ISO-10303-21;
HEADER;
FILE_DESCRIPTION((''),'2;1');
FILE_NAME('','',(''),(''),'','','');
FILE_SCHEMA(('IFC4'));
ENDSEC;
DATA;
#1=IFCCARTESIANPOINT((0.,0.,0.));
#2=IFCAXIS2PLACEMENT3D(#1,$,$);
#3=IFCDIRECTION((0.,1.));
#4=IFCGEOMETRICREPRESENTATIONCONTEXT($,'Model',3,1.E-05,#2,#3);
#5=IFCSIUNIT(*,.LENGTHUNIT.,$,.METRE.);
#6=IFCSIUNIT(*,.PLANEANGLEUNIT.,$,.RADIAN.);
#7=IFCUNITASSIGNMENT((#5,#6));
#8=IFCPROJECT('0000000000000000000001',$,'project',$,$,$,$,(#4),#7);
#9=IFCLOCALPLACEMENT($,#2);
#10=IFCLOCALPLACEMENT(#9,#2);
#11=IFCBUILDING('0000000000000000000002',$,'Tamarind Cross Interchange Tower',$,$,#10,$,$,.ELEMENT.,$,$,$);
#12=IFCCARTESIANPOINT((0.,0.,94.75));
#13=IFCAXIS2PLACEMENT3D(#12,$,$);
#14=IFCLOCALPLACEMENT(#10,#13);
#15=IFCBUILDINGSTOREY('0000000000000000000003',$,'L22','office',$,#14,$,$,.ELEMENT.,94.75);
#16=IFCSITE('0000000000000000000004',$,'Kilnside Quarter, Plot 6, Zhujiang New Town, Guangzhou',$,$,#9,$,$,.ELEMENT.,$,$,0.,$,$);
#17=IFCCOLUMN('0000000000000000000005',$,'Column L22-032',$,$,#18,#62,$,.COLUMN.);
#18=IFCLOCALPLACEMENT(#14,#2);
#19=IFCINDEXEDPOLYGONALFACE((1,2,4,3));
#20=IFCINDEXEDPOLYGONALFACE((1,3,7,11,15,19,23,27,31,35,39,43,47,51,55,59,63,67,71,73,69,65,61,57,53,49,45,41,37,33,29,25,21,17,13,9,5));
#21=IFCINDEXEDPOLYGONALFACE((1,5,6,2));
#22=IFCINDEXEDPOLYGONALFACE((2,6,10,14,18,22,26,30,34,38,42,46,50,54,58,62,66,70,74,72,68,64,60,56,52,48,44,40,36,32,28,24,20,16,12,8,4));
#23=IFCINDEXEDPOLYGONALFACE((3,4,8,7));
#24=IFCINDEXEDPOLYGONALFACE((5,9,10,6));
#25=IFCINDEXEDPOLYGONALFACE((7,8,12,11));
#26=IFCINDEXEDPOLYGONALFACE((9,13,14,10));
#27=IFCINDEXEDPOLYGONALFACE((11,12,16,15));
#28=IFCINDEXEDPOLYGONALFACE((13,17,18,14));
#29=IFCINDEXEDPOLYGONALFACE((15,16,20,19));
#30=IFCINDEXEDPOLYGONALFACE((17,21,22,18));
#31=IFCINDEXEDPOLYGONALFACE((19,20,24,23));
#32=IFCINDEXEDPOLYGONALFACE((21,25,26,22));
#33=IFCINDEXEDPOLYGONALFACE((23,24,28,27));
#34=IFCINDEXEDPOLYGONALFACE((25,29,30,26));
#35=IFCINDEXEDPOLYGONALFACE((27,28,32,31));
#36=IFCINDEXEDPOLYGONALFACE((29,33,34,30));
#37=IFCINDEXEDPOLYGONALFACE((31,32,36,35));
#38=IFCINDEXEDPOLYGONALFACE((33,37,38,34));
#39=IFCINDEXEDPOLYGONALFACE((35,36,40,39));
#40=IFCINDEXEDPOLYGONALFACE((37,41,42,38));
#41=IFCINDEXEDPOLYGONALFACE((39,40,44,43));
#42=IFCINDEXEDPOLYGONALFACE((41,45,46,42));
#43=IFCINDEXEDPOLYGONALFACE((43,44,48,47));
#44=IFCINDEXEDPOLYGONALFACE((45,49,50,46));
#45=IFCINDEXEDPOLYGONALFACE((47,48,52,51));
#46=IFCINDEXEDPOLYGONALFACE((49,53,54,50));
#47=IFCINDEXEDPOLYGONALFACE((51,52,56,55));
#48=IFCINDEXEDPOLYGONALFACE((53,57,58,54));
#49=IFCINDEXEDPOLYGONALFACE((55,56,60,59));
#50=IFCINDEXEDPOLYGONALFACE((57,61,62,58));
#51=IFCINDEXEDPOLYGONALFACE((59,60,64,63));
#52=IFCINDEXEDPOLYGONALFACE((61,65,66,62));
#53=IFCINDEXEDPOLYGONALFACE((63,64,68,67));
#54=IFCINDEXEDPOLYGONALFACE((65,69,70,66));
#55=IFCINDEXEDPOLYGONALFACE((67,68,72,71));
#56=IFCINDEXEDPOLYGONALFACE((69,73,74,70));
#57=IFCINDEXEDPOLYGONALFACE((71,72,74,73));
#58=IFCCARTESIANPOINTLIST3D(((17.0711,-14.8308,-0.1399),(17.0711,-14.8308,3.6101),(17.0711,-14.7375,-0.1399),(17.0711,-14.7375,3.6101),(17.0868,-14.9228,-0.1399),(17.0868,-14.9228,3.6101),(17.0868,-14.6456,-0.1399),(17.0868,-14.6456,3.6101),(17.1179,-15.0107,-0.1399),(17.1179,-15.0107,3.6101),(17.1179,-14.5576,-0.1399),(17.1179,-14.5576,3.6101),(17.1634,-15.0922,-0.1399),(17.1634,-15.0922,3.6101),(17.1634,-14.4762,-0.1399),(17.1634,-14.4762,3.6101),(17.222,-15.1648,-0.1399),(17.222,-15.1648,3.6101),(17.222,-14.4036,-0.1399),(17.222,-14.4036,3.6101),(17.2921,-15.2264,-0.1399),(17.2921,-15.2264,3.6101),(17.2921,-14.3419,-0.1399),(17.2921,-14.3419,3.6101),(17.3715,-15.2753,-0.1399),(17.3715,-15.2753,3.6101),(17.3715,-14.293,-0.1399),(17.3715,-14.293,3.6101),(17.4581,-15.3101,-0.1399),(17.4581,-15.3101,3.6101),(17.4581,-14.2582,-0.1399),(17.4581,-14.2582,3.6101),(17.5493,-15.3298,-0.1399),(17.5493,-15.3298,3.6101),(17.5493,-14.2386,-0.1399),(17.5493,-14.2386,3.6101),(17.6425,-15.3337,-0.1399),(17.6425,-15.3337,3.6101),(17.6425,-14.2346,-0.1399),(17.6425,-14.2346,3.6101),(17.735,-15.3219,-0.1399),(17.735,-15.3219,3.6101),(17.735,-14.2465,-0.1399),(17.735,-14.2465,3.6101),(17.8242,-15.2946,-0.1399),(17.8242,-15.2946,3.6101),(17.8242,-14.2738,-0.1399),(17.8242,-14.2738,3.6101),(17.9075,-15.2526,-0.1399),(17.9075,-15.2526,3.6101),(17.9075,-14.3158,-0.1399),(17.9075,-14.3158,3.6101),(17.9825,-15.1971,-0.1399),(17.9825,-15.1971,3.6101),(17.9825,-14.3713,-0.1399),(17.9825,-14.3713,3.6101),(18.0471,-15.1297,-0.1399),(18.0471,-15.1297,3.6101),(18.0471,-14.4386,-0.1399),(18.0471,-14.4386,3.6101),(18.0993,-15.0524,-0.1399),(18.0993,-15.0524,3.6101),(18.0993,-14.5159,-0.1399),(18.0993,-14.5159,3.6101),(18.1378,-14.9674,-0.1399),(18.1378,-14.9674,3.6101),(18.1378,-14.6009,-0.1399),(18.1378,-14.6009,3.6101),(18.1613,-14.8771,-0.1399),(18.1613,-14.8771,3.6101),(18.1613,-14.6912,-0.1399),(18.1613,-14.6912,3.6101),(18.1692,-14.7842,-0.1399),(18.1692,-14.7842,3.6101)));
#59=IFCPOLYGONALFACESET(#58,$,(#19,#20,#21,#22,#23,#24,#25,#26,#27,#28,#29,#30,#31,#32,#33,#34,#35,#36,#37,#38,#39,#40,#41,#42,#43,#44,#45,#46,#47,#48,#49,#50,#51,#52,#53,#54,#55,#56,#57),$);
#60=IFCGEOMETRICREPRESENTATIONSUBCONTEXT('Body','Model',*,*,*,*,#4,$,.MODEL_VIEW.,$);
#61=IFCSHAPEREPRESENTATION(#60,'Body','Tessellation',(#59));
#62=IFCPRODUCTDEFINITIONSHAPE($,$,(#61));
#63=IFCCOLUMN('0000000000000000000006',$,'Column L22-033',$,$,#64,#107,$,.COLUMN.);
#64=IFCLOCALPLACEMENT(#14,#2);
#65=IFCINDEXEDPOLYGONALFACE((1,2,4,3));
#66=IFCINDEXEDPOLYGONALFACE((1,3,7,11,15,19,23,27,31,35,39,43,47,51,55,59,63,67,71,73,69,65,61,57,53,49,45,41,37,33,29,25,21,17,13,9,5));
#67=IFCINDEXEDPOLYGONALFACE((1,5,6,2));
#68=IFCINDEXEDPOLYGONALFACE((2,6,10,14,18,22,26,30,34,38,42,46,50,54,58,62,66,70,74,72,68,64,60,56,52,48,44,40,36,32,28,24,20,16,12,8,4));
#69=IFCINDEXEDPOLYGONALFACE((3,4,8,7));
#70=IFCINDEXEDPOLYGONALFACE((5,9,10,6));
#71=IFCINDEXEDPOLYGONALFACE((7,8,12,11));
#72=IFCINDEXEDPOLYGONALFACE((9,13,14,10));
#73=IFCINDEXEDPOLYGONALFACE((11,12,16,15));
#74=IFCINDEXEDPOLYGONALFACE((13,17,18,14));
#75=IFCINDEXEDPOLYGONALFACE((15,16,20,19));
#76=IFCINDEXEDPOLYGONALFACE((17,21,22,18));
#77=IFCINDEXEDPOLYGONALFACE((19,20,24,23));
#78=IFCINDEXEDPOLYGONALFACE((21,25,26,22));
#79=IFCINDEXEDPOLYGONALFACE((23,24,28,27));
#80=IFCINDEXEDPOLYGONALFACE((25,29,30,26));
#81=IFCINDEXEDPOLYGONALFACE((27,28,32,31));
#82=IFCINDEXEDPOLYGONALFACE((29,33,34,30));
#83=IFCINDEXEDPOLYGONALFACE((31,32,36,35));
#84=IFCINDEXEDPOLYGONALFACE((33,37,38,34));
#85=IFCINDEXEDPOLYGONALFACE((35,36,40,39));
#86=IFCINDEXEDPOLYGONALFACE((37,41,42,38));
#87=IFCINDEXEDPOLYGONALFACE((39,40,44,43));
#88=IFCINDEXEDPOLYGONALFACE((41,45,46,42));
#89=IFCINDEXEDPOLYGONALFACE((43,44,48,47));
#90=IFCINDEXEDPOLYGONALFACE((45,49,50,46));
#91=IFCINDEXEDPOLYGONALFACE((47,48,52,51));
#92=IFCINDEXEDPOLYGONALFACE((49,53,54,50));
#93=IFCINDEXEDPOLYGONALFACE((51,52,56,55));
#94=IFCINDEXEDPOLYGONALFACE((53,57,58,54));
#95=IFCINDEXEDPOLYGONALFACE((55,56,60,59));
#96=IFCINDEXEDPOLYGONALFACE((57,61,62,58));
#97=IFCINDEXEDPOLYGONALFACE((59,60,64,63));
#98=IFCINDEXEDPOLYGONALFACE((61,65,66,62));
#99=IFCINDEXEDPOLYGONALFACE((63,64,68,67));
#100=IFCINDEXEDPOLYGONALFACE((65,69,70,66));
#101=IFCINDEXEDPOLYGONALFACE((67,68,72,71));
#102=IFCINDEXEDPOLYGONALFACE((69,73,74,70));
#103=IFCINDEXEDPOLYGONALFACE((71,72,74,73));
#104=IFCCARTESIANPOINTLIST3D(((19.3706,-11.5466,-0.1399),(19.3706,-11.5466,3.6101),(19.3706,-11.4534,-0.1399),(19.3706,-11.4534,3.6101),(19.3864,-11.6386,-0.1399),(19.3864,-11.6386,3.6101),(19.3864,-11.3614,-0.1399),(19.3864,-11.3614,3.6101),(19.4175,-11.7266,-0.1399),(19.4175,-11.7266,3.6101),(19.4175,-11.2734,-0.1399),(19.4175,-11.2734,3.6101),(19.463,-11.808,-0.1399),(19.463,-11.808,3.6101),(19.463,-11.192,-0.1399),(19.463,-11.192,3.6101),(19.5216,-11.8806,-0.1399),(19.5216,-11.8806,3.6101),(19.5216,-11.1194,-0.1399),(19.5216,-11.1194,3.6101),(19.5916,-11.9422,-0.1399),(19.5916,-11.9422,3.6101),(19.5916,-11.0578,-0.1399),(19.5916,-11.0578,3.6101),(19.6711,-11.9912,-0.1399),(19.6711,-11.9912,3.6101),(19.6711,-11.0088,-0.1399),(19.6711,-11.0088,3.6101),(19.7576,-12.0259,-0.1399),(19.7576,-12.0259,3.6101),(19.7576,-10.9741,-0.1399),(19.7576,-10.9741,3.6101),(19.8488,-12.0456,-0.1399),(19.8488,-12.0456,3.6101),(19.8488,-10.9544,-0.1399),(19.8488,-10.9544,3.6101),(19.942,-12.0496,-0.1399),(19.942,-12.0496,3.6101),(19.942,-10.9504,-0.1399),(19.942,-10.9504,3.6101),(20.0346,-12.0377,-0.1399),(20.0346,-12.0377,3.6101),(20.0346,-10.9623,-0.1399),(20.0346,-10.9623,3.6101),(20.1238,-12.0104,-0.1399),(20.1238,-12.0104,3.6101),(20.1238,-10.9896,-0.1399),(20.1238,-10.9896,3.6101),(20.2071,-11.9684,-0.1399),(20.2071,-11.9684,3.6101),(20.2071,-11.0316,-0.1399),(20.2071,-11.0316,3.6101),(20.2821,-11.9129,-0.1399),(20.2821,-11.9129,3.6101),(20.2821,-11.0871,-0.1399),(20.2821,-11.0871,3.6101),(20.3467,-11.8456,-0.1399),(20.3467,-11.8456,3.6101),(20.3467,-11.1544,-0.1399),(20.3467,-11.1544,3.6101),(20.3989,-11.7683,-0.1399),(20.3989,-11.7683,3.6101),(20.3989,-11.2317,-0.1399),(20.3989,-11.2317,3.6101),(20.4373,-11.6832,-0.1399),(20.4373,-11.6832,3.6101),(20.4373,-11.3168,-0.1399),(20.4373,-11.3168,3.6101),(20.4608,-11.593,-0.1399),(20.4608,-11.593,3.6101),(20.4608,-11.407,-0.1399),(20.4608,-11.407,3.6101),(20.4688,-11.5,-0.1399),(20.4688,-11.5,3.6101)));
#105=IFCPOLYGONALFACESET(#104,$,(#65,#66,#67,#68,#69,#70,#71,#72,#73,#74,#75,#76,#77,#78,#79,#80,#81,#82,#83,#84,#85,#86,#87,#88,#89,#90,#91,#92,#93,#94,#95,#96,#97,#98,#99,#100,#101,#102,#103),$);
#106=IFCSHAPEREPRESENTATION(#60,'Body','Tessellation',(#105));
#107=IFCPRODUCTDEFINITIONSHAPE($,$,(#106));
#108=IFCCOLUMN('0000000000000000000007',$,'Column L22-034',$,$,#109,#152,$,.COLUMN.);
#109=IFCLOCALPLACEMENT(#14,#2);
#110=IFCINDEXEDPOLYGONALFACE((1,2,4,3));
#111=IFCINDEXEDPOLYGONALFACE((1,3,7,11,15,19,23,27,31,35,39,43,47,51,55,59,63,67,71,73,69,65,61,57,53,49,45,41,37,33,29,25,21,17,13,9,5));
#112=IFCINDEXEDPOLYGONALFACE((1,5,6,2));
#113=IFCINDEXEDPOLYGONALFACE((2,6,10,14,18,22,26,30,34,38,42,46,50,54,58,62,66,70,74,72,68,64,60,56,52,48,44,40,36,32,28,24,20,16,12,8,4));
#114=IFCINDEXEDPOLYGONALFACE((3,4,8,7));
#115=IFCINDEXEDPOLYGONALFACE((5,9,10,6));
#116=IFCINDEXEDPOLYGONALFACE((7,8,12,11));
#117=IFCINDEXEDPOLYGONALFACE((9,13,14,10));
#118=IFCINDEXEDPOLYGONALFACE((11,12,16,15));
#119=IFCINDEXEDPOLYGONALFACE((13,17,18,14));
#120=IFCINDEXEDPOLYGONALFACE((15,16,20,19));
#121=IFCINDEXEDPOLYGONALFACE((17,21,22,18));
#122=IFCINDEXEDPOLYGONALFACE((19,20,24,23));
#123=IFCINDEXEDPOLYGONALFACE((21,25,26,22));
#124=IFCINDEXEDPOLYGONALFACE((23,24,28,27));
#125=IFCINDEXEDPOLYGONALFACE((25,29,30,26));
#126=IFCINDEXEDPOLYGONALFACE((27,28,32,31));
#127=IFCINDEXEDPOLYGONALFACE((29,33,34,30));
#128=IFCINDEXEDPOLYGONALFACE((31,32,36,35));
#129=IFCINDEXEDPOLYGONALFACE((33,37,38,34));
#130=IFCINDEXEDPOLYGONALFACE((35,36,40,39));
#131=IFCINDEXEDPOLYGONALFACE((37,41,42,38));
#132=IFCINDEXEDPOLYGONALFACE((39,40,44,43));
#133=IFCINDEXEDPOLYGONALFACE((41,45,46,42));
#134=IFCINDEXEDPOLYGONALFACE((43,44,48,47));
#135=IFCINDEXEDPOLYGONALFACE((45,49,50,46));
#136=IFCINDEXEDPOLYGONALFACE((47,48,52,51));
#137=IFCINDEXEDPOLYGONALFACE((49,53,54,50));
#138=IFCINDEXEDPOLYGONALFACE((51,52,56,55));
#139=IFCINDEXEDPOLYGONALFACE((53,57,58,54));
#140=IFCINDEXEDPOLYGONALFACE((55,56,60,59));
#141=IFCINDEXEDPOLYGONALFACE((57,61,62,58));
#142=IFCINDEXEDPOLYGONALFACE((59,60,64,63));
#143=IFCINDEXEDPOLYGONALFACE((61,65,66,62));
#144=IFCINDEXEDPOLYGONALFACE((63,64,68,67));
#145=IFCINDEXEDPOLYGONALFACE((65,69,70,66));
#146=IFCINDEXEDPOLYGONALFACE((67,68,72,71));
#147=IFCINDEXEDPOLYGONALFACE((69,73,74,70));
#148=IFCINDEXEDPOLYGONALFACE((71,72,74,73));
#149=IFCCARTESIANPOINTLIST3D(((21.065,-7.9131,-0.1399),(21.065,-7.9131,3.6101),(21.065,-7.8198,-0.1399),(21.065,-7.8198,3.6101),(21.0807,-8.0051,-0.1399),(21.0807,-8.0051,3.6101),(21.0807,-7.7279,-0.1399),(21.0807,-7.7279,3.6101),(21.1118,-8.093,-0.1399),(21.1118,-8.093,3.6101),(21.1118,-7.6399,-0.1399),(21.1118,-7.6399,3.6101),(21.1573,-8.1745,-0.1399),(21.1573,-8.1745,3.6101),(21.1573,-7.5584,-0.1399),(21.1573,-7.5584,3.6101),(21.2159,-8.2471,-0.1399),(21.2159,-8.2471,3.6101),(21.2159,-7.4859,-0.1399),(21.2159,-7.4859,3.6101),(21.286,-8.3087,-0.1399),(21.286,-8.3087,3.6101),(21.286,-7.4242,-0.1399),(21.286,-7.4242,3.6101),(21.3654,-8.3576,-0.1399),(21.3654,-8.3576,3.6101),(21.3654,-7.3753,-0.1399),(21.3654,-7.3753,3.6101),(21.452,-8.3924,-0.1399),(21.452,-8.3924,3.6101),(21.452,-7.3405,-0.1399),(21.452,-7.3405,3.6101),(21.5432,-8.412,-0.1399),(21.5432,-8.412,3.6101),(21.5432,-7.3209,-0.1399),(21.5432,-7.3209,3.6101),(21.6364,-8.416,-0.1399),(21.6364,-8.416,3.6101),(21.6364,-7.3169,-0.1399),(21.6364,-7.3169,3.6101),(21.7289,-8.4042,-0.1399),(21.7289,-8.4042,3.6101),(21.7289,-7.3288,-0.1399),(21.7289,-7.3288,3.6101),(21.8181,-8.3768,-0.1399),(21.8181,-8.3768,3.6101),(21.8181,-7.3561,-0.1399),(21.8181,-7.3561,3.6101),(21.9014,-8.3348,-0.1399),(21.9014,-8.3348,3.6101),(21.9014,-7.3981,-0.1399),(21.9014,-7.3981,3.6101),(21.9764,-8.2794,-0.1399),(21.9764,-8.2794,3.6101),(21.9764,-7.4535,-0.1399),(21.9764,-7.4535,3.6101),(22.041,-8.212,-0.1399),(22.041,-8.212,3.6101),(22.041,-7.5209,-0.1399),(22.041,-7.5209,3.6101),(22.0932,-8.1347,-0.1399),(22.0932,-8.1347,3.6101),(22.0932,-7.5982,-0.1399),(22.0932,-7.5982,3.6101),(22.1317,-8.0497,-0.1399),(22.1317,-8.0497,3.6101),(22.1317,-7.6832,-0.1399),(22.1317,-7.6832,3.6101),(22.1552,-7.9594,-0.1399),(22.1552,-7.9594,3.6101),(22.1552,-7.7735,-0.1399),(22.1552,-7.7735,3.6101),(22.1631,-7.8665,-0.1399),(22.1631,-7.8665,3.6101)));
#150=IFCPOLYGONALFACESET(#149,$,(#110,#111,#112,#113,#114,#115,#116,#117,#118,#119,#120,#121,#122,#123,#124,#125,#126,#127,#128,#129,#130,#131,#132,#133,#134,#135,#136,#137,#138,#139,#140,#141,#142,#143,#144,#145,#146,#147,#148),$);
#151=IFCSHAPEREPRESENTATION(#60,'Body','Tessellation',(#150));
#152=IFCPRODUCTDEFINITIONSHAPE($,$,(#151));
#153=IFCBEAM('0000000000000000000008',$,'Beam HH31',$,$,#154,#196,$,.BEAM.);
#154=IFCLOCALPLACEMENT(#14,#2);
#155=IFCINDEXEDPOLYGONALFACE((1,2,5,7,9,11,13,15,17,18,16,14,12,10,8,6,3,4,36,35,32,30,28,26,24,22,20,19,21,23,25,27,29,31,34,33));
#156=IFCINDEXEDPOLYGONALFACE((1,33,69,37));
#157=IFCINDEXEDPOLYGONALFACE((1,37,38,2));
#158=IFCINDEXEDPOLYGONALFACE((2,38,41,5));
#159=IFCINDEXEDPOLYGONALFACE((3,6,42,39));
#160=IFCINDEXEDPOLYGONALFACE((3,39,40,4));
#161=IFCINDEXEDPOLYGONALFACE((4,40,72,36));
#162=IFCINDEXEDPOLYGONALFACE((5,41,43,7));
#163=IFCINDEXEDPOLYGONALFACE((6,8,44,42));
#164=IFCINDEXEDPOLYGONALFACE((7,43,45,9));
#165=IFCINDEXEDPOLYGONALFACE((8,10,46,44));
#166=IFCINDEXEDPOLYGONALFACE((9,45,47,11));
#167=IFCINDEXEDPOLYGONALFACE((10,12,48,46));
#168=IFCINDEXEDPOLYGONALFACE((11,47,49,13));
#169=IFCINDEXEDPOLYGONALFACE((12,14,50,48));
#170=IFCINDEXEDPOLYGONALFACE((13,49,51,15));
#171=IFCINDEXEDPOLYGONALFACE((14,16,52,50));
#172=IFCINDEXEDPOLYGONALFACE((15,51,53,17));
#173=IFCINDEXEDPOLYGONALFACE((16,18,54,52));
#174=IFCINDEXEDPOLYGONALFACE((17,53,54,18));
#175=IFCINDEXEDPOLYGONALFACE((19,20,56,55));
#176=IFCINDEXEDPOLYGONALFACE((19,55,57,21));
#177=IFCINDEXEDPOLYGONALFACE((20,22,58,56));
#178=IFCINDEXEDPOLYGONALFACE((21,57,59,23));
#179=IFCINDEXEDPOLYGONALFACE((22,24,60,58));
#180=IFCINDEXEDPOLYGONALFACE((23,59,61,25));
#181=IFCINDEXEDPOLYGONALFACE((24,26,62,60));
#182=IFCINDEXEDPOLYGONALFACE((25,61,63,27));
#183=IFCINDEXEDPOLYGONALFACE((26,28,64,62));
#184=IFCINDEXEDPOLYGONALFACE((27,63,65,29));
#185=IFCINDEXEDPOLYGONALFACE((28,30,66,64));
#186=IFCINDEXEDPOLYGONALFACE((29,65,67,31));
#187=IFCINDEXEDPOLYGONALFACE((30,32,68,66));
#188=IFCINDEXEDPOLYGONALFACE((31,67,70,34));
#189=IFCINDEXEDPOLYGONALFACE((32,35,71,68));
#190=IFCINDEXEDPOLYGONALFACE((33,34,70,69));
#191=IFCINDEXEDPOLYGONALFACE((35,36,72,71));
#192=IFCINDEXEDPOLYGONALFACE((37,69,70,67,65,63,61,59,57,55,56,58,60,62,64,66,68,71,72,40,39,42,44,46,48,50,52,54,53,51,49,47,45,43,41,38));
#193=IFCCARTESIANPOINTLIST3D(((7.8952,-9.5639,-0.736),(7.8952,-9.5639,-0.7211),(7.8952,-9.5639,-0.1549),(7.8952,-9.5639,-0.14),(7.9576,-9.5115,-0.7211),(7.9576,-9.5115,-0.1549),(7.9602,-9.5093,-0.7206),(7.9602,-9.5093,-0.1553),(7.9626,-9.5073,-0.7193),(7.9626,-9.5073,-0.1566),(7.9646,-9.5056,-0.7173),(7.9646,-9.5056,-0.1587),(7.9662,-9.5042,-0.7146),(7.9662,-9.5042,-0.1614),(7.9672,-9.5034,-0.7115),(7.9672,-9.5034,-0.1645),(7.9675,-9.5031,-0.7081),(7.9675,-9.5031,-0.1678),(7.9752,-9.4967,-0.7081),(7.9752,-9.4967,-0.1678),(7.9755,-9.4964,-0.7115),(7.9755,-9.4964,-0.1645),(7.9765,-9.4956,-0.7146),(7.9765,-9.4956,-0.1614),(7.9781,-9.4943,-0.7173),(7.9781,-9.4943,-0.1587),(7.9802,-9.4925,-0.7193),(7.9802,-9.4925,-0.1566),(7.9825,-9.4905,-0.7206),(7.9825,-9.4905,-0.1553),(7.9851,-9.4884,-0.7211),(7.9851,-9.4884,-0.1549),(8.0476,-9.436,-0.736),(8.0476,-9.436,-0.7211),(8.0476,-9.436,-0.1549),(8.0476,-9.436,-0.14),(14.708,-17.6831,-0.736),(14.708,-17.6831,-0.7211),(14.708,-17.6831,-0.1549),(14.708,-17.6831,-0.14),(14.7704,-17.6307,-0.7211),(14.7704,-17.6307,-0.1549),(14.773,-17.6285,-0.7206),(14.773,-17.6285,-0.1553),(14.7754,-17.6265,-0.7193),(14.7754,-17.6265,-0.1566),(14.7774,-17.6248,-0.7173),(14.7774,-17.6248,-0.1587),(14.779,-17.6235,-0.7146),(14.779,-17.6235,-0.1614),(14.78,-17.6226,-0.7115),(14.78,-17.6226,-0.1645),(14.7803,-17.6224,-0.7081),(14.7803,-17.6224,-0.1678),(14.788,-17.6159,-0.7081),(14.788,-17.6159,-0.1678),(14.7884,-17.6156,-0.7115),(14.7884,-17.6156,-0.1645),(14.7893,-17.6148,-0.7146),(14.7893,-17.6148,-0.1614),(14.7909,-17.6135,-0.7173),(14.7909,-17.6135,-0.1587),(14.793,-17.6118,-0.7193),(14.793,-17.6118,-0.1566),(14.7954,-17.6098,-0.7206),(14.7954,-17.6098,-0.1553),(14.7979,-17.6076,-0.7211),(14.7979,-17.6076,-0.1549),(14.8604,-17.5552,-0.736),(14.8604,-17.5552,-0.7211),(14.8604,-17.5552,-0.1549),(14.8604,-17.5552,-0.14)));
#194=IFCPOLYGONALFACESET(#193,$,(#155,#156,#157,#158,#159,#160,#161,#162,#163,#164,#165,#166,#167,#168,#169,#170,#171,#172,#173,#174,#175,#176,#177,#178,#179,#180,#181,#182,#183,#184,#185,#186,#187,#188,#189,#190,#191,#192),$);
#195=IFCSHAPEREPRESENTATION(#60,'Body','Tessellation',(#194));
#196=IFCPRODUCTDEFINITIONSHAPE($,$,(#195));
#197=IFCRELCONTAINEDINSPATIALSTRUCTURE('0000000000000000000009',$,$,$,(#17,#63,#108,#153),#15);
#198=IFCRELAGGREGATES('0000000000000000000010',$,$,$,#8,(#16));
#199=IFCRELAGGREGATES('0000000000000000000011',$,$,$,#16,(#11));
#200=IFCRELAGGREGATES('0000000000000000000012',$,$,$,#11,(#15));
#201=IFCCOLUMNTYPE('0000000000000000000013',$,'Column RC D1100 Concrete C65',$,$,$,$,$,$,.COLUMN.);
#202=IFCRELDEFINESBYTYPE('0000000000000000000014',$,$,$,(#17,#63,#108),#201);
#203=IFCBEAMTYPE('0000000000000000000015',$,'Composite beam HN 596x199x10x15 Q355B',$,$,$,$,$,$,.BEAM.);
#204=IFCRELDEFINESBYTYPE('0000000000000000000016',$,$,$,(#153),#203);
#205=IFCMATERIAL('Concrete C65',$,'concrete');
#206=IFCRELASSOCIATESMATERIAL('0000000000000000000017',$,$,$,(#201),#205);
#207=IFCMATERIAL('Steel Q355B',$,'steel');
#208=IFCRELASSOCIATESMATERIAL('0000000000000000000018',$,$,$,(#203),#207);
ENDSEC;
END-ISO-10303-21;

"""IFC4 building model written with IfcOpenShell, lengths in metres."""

from ifc_helpers import new_model, si_unit, direction, frame, origin, origin_2d, place, context, subcontext, project, spatial, circle, i_section, extrude, material, material_profile, profile_set, type_object, element, save


model = new_model("IFC4")

# Units and contexts
model_context = context("Model", 3, precision=1e-05, world=origin(), true_north=direction((0.0, 1.0)))
body_context = subcontext(model_context, "Body", "Model", "MODEL_VIEW")
ifc_project = project(units=[si_unit("LENGTHUNIT", "METRE"), si_unit("PLANEANGLEUNIT", "RADIAN")], contexts=[model_context])

# Site, building, storey
site_placement = place(None, origin())
site = spatial("IfcSite", under=ifc_project, at=site_placement, Name="Kilnside Quarter, Plot 6, Zhujiang New Town, Guangzhou", CompositionType="ELEMENT", RefElevation=0.0)
building_placement = place(site_placement, origin())
building = spatial("IfcBuilding", under=site, at=building_placement, Name="Tamarind Cross Interchange Tower", CompositionType="ELEMENT")
storey_placement = place(building_placement, frame((0.0, 0.0, 94.75)))
storey = spatial("IfcBuildingStorey", under=building, at=storey_placement, Name="L22", Description="office", CompositionType="ELEMENT", Elevation=94.75)

# Columns
ifc_material_1 = material(Name="Concrete C65", Category="concrete")
ifc_material_profile_1 = material_profile(ifc_material_1, circle(Radius=0.55, at=origin_2d()), Name="RC D1100")
ifc_profile_set_1 = profile_set([ifc_material_profile_1], Name="Concrete C65")
column_type = type_object("IfcColumnType", Name="Column RC D1100 Concrete C65", PredefinedType="COLUMN", material=ifc_profile_set_1)
for number, where, z_axis, x_axis, name in (
    (1, (17.6191, -14.7842, -0.1399), (0.0, 0.0, 1.0), (1.0, 0.0, 0.0), "Column L22-032"),
    (2, (19.9187, -11.5, -0.1399), (0.0, 0.0, 1.0), (1.0, 0.0, 0.0), "Column L22-033"),
    (3, (21.613, -7.8665, -0.1399), (0.0, 0.0, 1.0), (1.0, 0.0, 0.0), "Column L22-034"),
):
    element("IfcColumn", number, at=place(storey_placement, frame(where, z_axis=z_axis, x_axis=x_axis)), inside=storey, type_object=column_type, Name=name, PredefinedType="COLUMN", context=body_context, shape_type="SweptSolid", body=[
        extrude(circle(Radius=0.55, at=origin_2d()), origin(), (0.0, 0.0, 1.0), 3.75),
    ])

# Beam
ifc_material_2 = material(Name="Steel Q355B", Category="steel")
ifc_material_profile_2 = material_profile(ifc_material_2, i_section(OverallWidth=0.199, OverallDepth=0.5959, WebThickness=0.01, FlangeThickness=0.0149, FilletRadius=0.0129, at=origin_2d()), Name="HN 596x199x10x15")
ifc_profile_set_2 = profile_set([ifc_material_profile_2], Name="Steel Q355B")
beam_type = type_object("IfcBeamType", Name="Composite beam HN 596x199x10x15 Q355B", PredefinedType="BEAM", material=ifc_profile_set_2)
beam_1_placement = place(storey_placement, frame((14.7842, -17.6191, -0.438), z_axis=(-0.642786, 0.766046, 0.0), x_axis=(-0.766046, -0.642786, 0.0)))
element("IfcBeam", 4, at=beam_1_placement, inside=storey, type_object=beam_type, Name="Beam HH31", PredefinedType="BEAM", context=body_context, shape_type="SweptSolid", body=[
    extrude(i_section(OverallWidth=0.199, OverallDepth=0.5959, WebThickness=0.01, FlangeThickness=0.0149, FilletRadius=0.0129, at=origin_2d()), origin(), (0.0, 0.0, 1.0), 10.5989),
])

save(model, "model.ifc")
